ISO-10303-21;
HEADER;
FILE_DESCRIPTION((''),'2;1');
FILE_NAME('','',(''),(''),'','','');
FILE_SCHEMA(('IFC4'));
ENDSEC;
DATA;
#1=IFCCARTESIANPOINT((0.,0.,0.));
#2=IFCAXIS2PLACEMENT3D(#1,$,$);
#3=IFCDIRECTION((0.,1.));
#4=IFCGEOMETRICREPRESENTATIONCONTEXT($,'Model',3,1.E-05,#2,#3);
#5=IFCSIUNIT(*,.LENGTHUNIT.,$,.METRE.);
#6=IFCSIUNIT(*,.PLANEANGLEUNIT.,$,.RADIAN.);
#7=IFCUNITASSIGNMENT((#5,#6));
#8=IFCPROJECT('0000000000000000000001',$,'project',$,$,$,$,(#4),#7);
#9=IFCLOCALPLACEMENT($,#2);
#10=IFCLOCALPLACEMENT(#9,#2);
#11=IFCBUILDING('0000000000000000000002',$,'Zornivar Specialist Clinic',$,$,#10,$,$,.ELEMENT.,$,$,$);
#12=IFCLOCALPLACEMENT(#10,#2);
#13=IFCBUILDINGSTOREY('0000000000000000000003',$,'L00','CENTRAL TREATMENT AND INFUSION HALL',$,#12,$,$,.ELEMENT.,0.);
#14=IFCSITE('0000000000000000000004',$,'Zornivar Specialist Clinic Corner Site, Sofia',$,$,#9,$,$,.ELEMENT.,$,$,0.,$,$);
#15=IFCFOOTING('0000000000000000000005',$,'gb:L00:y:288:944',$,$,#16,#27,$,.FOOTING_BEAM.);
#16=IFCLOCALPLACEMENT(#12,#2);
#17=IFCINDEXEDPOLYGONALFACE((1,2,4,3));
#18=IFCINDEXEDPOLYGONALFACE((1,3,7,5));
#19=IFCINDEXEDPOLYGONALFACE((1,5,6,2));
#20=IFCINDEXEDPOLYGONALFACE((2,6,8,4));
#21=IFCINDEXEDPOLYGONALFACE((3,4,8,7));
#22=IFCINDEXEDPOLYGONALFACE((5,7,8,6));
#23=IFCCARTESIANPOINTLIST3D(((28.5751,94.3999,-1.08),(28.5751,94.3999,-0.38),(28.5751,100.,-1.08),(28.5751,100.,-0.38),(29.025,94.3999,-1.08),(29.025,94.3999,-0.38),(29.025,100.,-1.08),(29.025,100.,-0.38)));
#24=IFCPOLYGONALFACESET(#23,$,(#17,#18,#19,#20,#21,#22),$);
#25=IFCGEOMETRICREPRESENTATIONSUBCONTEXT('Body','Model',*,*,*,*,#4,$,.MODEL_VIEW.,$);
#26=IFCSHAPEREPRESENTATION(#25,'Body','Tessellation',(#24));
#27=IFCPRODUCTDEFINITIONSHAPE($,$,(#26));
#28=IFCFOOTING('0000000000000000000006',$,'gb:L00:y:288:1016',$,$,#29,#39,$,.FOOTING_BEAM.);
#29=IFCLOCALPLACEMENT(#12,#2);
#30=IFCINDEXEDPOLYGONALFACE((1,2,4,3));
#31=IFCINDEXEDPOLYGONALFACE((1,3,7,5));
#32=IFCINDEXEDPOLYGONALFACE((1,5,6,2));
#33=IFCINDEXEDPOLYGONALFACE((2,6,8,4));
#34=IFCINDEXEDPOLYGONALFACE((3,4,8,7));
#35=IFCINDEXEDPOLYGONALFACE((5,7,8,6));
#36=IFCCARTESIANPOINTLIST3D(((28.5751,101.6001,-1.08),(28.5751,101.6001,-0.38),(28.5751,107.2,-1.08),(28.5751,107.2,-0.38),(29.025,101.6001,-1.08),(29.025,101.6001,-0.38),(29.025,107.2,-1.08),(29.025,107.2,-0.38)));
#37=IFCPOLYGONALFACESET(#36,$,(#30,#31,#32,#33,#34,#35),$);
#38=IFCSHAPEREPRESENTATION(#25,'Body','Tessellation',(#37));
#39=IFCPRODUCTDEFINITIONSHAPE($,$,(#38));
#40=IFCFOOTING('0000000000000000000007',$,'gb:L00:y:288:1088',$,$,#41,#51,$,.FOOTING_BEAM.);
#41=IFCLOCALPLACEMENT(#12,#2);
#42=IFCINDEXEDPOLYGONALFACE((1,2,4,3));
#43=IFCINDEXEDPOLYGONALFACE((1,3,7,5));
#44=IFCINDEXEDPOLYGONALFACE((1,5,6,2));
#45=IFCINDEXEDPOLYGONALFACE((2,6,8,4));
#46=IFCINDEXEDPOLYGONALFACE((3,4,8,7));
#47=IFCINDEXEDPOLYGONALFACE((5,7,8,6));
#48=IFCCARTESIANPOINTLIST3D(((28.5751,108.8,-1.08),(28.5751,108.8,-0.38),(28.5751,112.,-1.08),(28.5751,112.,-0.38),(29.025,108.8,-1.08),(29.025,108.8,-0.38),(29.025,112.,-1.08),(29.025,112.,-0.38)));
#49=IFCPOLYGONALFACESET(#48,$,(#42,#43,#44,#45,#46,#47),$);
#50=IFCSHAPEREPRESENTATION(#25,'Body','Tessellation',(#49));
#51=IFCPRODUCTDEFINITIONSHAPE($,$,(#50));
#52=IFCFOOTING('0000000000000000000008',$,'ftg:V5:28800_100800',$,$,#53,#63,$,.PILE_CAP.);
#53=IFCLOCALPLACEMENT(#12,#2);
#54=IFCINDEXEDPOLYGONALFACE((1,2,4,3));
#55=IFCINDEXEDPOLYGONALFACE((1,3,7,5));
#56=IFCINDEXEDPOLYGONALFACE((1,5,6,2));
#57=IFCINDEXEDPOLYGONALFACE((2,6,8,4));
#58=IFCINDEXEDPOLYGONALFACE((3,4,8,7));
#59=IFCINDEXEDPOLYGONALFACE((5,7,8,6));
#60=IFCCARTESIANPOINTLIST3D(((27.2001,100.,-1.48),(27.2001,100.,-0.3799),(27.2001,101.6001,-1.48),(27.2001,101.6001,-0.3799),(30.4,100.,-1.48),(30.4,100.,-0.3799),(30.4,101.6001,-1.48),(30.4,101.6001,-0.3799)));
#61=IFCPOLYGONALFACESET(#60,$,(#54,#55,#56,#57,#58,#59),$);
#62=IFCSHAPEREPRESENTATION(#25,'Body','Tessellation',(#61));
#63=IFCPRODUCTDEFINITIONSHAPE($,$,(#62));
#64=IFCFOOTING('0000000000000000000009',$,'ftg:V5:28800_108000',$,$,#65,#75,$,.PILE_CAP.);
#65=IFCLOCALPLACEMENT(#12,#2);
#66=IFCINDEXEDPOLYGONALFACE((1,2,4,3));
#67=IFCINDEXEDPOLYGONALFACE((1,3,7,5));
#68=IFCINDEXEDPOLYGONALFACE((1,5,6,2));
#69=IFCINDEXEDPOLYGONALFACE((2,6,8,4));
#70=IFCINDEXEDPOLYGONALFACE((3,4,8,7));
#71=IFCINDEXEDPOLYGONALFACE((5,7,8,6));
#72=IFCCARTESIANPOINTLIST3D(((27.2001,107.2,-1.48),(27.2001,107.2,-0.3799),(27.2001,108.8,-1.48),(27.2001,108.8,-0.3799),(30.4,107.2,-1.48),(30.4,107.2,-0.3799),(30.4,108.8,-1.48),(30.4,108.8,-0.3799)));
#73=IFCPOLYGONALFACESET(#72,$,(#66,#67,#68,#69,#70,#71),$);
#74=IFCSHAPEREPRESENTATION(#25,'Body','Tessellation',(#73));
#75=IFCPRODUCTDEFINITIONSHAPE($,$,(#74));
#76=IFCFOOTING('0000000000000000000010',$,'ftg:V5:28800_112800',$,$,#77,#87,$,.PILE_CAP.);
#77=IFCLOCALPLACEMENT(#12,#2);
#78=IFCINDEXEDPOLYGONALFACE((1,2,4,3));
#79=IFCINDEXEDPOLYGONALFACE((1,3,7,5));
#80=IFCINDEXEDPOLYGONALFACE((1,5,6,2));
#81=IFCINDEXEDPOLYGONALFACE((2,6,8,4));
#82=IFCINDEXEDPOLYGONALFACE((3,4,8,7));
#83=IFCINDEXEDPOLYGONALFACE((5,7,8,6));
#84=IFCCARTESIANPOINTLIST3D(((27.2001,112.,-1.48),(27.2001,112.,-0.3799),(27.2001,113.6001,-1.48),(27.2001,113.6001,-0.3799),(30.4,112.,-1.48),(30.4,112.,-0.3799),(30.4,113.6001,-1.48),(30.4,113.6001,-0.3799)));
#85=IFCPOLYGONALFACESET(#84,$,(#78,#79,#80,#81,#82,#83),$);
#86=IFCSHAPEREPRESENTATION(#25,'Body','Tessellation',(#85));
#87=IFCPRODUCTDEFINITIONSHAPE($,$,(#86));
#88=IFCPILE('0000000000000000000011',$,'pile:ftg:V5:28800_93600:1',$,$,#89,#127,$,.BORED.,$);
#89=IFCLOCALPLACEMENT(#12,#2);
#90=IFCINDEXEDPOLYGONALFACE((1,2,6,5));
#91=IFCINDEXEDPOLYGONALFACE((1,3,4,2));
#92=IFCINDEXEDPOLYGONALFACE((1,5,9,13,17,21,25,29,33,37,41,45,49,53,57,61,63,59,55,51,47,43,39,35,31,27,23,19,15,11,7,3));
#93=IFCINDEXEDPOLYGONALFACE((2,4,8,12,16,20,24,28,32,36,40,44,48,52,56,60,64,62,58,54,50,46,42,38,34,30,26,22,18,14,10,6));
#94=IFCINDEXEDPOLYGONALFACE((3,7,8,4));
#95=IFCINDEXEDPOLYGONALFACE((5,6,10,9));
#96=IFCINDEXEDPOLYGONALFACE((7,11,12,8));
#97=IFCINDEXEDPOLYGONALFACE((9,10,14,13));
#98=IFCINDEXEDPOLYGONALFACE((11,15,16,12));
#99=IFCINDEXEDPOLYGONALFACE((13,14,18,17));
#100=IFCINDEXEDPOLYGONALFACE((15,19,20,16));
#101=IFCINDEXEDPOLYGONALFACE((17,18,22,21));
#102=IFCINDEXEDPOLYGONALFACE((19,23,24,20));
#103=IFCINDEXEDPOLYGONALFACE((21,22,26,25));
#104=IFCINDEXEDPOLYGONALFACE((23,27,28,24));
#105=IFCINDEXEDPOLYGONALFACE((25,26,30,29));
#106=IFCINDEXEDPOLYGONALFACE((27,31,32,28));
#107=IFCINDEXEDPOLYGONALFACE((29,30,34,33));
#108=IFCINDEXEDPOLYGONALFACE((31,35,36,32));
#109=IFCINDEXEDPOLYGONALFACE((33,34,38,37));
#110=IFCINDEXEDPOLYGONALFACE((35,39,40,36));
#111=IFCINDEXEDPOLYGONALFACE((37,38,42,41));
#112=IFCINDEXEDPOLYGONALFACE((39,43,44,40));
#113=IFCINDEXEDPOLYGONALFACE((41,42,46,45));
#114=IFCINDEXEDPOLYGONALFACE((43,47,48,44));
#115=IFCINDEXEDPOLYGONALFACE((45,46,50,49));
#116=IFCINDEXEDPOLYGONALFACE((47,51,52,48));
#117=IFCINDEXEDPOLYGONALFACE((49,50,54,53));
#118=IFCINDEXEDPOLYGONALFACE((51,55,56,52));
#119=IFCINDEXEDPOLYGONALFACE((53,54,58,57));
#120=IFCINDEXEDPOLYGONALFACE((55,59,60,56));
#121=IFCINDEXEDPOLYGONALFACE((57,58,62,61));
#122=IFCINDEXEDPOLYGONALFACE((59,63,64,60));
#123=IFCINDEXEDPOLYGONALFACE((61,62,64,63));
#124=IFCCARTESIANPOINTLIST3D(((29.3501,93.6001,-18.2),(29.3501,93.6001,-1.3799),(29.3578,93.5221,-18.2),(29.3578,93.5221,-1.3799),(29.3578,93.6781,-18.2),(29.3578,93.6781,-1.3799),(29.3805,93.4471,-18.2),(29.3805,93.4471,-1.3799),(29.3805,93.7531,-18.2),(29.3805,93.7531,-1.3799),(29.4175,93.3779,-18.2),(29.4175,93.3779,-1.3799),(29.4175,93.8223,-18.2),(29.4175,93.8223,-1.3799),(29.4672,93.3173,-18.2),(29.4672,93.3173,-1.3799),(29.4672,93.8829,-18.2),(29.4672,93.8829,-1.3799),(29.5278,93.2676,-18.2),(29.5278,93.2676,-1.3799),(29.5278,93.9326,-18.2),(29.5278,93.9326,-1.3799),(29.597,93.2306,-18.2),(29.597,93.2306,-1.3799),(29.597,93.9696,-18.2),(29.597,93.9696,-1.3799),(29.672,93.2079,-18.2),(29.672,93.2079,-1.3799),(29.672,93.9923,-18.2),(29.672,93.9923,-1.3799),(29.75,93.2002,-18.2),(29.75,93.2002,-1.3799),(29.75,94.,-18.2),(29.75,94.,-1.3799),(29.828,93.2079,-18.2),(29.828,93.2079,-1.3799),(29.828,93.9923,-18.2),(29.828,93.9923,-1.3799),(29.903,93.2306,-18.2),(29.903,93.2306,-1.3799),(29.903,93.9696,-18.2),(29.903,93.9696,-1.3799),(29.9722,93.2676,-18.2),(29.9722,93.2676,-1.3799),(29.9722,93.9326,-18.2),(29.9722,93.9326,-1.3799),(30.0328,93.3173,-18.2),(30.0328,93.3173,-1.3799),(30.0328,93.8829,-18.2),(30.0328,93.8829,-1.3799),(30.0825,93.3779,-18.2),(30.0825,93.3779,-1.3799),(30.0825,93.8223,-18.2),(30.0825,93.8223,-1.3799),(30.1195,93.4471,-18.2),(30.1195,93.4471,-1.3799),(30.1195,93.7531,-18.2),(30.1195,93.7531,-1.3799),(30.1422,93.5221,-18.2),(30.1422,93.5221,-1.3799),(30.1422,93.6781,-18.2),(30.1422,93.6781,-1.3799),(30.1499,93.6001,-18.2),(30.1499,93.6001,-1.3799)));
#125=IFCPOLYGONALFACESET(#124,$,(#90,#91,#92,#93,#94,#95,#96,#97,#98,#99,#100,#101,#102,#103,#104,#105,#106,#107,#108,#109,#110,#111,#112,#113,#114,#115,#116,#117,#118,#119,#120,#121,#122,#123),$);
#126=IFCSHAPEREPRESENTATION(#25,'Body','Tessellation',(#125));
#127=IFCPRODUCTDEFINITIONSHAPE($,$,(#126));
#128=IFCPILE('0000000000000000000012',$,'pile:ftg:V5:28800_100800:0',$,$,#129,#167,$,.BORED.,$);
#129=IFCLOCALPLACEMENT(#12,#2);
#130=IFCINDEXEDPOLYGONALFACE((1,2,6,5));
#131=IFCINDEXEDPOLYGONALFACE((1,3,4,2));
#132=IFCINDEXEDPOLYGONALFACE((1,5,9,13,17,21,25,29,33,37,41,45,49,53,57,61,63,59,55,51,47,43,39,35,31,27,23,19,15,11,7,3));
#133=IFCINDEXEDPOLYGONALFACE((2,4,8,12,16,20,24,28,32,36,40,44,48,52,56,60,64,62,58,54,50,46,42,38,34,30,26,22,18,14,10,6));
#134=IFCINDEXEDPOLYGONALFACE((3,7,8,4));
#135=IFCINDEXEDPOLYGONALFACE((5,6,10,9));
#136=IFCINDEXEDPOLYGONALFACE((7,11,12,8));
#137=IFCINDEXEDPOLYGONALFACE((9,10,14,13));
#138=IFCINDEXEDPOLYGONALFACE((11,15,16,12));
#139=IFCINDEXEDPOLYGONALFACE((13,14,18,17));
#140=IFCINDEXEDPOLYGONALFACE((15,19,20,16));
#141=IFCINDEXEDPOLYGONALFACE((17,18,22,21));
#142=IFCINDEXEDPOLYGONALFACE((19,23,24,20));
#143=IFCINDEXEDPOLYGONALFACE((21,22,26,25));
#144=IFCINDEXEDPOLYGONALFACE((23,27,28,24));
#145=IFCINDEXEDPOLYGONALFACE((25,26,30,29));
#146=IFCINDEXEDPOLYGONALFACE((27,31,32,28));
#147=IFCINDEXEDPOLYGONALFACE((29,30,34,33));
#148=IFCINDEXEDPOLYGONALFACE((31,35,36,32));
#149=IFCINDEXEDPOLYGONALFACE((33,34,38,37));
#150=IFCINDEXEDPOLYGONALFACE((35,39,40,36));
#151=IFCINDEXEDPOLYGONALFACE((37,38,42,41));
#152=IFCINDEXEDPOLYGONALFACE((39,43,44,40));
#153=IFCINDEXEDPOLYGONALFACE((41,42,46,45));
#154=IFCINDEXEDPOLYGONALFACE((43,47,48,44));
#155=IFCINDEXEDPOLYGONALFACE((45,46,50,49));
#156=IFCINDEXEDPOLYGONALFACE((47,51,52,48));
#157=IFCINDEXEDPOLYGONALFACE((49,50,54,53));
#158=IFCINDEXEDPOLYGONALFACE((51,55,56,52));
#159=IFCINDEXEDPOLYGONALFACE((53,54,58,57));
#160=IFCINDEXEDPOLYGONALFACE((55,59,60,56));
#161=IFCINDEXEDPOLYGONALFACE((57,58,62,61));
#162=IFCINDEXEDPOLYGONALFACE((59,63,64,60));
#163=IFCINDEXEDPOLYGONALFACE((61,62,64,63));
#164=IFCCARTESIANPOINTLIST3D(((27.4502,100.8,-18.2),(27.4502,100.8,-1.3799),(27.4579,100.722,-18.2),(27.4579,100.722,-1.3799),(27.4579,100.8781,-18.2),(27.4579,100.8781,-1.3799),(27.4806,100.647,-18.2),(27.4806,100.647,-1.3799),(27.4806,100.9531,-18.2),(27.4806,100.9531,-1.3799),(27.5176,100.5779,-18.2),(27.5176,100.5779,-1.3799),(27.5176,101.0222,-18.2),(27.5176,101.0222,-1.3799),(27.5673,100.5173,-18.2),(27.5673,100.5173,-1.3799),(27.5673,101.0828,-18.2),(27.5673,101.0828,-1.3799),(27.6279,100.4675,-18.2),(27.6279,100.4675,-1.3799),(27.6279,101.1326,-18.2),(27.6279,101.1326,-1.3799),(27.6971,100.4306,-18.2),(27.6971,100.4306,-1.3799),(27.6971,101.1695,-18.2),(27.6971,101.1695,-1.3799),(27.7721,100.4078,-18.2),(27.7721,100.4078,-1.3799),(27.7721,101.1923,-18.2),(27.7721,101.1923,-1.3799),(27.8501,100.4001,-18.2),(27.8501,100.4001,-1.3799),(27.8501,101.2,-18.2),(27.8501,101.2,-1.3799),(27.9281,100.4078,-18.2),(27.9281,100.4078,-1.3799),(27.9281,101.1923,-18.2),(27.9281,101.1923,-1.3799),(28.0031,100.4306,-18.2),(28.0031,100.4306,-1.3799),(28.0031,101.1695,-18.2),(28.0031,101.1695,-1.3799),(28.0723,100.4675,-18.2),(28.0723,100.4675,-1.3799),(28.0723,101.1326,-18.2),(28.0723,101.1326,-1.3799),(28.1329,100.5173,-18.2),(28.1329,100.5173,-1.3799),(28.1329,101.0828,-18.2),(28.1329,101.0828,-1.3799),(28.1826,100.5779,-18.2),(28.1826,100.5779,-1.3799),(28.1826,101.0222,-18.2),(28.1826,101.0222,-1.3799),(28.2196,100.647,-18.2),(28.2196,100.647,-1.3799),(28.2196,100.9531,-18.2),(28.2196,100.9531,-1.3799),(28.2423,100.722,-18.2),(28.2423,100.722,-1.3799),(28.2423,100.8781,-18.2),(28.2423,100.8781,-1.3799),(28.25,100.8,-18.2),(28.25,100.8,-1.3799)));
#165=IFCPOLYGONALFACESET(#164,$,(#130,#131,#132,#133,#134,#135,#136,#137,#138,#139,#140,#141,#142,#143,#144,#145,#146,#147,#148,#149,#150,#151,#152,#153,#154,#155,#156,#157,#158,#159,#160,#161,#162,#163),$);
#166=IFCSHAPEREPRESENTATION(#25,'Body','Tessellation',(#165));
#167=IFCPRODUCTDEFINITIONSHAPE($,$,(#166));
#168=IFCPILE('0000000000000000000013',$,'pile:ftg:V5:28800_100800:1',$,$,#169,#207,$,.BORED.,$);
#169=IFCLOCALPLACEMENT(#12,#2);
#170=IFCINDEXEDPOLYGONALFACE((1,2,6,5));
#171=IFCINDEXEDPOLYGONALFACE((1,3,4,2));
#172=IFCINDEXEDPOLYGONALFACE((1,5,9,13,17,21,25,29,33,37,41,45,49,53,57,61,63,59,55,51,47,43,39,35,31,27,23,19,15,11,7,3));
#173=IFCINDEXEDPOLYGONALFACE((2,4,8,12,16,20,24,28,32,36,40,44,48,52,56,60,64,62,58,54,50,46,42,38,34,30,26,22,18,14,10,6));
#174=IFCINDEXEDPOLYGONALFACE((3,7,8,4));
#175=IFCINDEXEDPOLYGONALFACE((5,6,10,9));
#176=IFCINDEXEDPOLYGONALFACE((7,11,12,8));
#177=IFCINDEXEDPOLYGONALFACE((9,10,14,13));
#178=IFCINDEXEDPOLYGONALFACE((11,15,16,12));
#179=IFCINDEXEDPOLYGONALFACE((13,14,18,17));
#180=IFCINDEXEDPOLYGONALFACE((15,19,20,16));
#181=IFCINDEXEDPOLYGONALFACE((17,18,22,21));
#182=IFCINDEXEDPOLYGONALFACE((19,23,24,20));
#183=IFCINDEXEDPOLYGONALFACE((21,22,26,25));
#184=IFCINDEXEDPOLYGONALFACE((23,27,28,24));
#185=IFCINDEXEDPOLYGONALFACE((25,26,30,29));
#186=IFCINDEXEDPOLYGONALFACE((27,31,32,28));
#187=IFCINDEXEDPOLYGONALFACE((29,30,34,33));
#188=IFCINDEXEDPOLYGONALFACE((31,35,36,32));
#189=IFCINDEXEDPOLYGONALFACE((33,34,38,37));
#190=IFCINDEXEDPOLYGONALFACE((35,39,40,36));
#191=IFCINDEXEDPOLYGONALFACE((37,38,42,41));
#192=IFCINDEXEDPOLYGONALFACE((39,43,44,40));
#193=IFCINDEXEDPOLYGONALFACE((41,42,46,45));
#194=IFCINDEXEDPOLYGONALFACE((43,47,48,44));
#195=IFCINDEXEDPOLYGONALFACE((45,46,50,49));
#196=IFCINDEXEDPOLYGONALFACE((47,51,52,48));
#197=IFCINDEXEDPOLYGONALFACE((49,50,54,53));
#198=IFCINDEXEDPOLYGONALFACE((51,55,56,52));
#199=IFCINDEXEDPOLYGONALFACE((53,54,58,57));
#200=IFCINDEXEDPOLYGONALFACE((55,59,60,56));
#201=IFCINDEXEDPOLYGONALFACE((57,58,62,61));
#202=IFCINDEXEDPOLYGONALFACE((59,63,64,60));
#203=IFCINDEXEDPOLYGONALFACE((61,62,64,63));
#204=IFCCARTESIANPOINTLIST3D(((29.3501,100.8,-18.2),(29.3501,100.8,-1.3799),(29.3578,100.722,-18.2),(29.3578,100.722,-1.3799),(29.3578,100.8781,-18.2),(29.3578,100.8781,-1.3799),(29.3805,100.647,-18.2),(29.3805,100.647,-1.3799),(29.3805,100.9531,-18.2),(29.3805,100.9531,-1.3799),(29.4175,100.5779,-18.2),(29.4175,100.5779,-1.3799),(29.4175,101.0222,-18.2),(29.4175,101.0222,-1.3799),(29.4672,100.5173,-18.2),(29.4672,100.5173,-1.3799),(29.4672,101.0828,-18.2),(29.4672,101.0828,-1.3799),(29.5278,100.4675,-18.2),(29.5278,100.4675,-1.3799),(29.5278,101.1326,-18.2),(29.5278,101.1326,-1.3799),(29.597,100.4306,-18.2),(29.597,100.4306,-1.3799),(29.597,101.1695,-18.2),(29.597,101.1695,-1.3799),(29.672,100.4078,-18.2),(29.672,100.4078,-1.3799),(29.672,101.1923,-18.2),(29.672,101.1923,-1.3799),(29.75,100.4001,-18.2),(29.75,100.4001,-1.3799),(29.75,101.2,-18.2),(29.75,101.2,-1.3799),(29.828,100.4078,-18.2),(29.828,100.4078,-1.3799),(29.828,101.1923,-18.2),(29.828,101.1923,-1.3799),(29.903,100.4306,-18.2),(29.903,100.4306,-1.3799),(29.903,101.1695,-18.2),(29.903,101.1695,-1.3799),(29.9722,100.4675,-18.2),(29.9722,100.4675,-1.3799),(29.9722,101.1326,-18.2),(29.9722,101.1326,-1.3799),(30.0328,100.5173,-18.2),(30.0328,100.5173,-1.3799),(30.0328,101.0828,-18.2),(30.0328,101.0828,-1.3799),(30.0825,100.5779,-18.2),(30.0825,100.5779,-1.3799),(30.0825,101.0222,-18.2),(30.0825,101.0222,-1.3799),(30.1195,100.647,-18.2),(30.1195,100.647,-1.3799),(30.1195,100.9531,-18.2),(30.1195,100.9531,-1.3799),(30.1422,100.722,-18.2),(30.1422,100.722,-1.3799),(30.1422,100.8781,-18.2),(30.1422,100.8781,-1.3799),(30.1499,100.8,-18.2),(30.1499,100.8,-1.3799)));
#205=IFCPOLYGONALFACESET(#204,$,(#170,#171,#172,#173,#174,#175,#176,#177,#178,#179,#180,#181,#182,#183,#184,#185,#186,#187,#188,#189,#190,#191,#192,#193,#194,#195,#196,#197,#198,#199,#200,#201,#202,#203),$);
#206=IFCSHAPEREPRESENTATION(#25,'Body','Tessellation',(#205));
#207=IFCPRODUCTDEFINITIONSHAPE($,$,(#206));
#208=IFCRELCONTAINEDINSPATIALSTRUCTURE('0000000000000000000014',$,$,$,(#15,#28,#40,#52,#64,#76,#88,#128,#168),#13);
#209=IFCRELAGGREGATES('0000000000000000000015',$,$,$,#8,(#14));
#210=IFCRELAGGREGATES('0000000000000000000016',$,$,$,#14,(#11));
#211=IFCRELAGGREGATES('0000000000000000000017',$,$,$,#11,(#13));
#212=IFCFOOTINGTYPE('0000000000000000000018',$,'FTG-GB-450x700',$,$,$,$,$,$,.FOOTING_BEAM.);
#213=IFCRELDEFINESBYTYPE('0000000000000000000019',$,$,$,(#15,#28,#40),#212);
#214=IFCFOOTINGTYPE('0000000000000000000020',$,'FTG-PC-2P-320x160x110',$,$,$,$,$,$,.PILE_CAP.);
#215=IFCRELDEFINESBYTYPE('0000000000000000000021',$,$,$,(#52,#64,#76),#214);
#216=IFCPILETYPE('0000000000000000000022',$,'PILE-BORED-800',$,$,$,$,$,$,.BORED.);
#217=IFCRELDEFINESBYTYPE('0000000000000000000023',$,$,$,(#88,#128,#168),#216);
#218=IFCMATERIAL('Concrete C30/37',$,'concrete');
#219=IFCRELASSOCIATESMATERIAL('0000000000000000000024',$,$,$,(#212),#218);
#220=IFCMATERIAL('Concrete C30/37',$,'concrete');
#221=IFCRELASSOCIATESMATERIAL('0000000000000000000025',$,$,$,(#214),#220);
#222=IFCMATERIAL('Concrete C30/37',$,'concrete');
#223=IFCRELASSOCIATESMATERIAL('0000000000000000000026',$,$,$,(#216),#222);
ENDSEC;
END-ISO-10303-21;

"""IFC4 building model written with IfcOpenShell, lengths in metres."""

from ifc_helpers import new_model, si_unit, direction, frame, origin, origin_2d, place, context, subcontext, project, spatial, rectangle, circle, extrude, material, material_profile, profile_set, type_object, element, save


model = new_model("IFC4")

# Units and contexts
model_context = context("Model", 3, precision=1e-05, world=origin(), true_north=direction((0.0, 1.0)))
body_context = subcontext(model_context, "Body", "Model", "MODEL_VIEW")
ifc_project = project(units=[si_unit("LENGTHUNIT", "METRE"), si_unit("PLANEANGLEUNIT", "RADIAN")], contexts=[model_context])

# Site, building, storey
site_placement = place(None, origin())
site = spatial("IfcSite", under=ifc_project, at=site_placement, Name="Zornivar Specialist Clinic Corner Site, Sofia", CompositionType="ELEMENT", RefElevation=0.0)
building_placement = place(site_placement, origin())
building = spatial("IfcBuilding", under=site, at=building_placement, Name="Zornivar Specialist Clinic", CompositionType="ELEMENT")
storey_placement = place(building_placement, origin())
storey = spatial("IfcBuildingStorey", under=building, at=storey_placement, Name="L00", Description="CENTRAL TREATMENT AND INFUSION HALL", CompositionType="ELEMENT", Elevation=0.0)

# Footings
ifc_material_1 = material(Name="Concrete C30/37", Category="concrete")
ifc_material_profile_1 = material_profile(ifc_material_1, rectangle(XDim=0.45, YDim=0.7, at=origin_2d()), Name="RC 450x700")
ifc_profile_set_1 = profile_set([ifc_material_profile_1], Name="Concrete C30/37")
footing_type_1 = type_object("IfcFootingType", Name="FTG-GB-450x700", PredefinedType="FOOTING_BEAM", material=ifc_profile_set_1)
footing_1_placement = place(storey_placement, frame((28.8, 94.3999, -0.73), z_axis=(0.0, 1.0, 0.0), x_axis=(-1.0, 0.0, 0.0)))
element("IfcFooting", 1, at=footing_1_placement, inside=storey, type_object=footing_type_1, Name="gb:L00:y:288:944", PredefinedType="FOOTING_BEAM", context=body_context, shape_type="SweptSolid", body=[
    extrude(rectangle(XDim=0.45, YDim=0.7, at=origin_2d()), origin(), (0.0, 0.0, 1.0), 5.6001),
])
footing_2_placement = place(storey_placement, frame((28.8, 101.6001, -0.73), z_axis=(0.0, 1.0, 0.0), x_axis=(-1.0, 0.0, 0.0)))
element("IfcFooting", 2, at=footing_2_placement, inside=storey, type_object=footing_type_1, Name="gb:L00:y:288:1016", PredefinedType="FOOTING_BEAM", context=body_context, shape_type="SweptSolid", body=[
    extrude(rectangle(XDim=0.45, YDim=0.7, at=origin_2d()), origin(), (0.0, 0.0, 1.0), 5.5999),
])
footing_3_placement = place(storey_placement, frame((28.8, 108.8, -0.73), z_axis=(0.0, 1.0, 0.0), x_axis=(-1.0, 0.0, 0.0)))
element("IfcFooting", 3, at=footing_3_placement, inside=storey, type_object=footing_type_1, Name="gb:L00:y:288:1088", PredefinedType="FOOTING_BEAM", context=body_context, shape_type="SweptSolid", body=[
    extrude(rectangle(XDim=0.45, YDim=0.7, at=origin_2d()), origin(), (0.0, 0.0, 1.0), 3.2),
])
ifc_material_2 = material(Name="Concrete C30/37", Category="concrete")
footing_type_2 = type_object("IfcFootingType", Name="FTG-PC-2P-320x160x110", PredefinedType="PILE_CAP", material=ifc_material_2)
for number, where, z_axis, x_axis, name in (
    (4, (28.8, 100.8, -1.48), (0.0, 0.0, 1.0), (1.0, 0.0, 0.0), "ftg:V5:28800_100800"),
    (5, (28.8, 108.0, -1.48), (0.0, 0.0, 1.0), (1.0, 0.0, 0.0), "ftg:V5:28800_108000"),
    (6, (28.8, 112.8, -1.48), (0.0, 0.0, 1.0), (1.0, 0.0, 0.0), "ftg:V5:28800_112800"),
):
    element("IfcFooting", number, at=place(storey_placement, frame(where, z_axis=z_axis, x_axis=x_axis)), inside=storey, type_object=footing_type_2, Name=name, PredefinedType="PILE_CAP", context=body_context, shape_type="SweptSolid", body=[
        extrude(rectangle(XDim=3.2, YDim=1.6001, at=origin_2d()), origin(), (0.0, 0.0, 1.0), 1.1001),
    ])

# Piles
ifc_material_3 = material(Name="Concrete C30/37", Category="concrete")
ifc_material_profile_2 = material_profile(ifc_material_3, circle(Radius=0.3999, at=origin_2d()), Name="PILE D800")
ifc_profile_set_2 = profile_set([ifc_material_profile_2], Name="Concrete C30/37")
pile_type = type_object("IfcPileType", Name="PILE-BORED-800", PredefinedType="BORED", material=ifc_profile_set_2)
for number, where, z_axis, x_axis, name in (
    (7, (29.75, 93.6001, -1.3799), (0.0, 0.0, -1.0), (1.0, 0.0, 0.0), "pile:ftg:V5:28800_93600:1"),
    (8, (27.8501, 100.8, -1.3799), (0.0, 0.0, -1.0), (1.0, 0.0, 0.0), "pile:ftg:V5:28800_100800:0"),
    (9, (29.75, 100.8, -1.3799), (0.0, 0.0, -1.0), (1.0, 0.0, 0.0), "pile:ftg:V5:28800_100800:1"),
):
    element("IfcPile", number, at=place(storey_placement, frame(where, z_axis=z_axis, x_axis=x_axis)), inside=storey, type_object=pile_type, Name=name, PredefinedType="BORED", context=body_context, shape_type="SweptSolid", body=[
        extrude(circle(Radius=0.3999, at=origin_2d()), origin(), (0.0, 0.0, 1.0), 16.8201),
    ])

save(model, "model.ifc")
